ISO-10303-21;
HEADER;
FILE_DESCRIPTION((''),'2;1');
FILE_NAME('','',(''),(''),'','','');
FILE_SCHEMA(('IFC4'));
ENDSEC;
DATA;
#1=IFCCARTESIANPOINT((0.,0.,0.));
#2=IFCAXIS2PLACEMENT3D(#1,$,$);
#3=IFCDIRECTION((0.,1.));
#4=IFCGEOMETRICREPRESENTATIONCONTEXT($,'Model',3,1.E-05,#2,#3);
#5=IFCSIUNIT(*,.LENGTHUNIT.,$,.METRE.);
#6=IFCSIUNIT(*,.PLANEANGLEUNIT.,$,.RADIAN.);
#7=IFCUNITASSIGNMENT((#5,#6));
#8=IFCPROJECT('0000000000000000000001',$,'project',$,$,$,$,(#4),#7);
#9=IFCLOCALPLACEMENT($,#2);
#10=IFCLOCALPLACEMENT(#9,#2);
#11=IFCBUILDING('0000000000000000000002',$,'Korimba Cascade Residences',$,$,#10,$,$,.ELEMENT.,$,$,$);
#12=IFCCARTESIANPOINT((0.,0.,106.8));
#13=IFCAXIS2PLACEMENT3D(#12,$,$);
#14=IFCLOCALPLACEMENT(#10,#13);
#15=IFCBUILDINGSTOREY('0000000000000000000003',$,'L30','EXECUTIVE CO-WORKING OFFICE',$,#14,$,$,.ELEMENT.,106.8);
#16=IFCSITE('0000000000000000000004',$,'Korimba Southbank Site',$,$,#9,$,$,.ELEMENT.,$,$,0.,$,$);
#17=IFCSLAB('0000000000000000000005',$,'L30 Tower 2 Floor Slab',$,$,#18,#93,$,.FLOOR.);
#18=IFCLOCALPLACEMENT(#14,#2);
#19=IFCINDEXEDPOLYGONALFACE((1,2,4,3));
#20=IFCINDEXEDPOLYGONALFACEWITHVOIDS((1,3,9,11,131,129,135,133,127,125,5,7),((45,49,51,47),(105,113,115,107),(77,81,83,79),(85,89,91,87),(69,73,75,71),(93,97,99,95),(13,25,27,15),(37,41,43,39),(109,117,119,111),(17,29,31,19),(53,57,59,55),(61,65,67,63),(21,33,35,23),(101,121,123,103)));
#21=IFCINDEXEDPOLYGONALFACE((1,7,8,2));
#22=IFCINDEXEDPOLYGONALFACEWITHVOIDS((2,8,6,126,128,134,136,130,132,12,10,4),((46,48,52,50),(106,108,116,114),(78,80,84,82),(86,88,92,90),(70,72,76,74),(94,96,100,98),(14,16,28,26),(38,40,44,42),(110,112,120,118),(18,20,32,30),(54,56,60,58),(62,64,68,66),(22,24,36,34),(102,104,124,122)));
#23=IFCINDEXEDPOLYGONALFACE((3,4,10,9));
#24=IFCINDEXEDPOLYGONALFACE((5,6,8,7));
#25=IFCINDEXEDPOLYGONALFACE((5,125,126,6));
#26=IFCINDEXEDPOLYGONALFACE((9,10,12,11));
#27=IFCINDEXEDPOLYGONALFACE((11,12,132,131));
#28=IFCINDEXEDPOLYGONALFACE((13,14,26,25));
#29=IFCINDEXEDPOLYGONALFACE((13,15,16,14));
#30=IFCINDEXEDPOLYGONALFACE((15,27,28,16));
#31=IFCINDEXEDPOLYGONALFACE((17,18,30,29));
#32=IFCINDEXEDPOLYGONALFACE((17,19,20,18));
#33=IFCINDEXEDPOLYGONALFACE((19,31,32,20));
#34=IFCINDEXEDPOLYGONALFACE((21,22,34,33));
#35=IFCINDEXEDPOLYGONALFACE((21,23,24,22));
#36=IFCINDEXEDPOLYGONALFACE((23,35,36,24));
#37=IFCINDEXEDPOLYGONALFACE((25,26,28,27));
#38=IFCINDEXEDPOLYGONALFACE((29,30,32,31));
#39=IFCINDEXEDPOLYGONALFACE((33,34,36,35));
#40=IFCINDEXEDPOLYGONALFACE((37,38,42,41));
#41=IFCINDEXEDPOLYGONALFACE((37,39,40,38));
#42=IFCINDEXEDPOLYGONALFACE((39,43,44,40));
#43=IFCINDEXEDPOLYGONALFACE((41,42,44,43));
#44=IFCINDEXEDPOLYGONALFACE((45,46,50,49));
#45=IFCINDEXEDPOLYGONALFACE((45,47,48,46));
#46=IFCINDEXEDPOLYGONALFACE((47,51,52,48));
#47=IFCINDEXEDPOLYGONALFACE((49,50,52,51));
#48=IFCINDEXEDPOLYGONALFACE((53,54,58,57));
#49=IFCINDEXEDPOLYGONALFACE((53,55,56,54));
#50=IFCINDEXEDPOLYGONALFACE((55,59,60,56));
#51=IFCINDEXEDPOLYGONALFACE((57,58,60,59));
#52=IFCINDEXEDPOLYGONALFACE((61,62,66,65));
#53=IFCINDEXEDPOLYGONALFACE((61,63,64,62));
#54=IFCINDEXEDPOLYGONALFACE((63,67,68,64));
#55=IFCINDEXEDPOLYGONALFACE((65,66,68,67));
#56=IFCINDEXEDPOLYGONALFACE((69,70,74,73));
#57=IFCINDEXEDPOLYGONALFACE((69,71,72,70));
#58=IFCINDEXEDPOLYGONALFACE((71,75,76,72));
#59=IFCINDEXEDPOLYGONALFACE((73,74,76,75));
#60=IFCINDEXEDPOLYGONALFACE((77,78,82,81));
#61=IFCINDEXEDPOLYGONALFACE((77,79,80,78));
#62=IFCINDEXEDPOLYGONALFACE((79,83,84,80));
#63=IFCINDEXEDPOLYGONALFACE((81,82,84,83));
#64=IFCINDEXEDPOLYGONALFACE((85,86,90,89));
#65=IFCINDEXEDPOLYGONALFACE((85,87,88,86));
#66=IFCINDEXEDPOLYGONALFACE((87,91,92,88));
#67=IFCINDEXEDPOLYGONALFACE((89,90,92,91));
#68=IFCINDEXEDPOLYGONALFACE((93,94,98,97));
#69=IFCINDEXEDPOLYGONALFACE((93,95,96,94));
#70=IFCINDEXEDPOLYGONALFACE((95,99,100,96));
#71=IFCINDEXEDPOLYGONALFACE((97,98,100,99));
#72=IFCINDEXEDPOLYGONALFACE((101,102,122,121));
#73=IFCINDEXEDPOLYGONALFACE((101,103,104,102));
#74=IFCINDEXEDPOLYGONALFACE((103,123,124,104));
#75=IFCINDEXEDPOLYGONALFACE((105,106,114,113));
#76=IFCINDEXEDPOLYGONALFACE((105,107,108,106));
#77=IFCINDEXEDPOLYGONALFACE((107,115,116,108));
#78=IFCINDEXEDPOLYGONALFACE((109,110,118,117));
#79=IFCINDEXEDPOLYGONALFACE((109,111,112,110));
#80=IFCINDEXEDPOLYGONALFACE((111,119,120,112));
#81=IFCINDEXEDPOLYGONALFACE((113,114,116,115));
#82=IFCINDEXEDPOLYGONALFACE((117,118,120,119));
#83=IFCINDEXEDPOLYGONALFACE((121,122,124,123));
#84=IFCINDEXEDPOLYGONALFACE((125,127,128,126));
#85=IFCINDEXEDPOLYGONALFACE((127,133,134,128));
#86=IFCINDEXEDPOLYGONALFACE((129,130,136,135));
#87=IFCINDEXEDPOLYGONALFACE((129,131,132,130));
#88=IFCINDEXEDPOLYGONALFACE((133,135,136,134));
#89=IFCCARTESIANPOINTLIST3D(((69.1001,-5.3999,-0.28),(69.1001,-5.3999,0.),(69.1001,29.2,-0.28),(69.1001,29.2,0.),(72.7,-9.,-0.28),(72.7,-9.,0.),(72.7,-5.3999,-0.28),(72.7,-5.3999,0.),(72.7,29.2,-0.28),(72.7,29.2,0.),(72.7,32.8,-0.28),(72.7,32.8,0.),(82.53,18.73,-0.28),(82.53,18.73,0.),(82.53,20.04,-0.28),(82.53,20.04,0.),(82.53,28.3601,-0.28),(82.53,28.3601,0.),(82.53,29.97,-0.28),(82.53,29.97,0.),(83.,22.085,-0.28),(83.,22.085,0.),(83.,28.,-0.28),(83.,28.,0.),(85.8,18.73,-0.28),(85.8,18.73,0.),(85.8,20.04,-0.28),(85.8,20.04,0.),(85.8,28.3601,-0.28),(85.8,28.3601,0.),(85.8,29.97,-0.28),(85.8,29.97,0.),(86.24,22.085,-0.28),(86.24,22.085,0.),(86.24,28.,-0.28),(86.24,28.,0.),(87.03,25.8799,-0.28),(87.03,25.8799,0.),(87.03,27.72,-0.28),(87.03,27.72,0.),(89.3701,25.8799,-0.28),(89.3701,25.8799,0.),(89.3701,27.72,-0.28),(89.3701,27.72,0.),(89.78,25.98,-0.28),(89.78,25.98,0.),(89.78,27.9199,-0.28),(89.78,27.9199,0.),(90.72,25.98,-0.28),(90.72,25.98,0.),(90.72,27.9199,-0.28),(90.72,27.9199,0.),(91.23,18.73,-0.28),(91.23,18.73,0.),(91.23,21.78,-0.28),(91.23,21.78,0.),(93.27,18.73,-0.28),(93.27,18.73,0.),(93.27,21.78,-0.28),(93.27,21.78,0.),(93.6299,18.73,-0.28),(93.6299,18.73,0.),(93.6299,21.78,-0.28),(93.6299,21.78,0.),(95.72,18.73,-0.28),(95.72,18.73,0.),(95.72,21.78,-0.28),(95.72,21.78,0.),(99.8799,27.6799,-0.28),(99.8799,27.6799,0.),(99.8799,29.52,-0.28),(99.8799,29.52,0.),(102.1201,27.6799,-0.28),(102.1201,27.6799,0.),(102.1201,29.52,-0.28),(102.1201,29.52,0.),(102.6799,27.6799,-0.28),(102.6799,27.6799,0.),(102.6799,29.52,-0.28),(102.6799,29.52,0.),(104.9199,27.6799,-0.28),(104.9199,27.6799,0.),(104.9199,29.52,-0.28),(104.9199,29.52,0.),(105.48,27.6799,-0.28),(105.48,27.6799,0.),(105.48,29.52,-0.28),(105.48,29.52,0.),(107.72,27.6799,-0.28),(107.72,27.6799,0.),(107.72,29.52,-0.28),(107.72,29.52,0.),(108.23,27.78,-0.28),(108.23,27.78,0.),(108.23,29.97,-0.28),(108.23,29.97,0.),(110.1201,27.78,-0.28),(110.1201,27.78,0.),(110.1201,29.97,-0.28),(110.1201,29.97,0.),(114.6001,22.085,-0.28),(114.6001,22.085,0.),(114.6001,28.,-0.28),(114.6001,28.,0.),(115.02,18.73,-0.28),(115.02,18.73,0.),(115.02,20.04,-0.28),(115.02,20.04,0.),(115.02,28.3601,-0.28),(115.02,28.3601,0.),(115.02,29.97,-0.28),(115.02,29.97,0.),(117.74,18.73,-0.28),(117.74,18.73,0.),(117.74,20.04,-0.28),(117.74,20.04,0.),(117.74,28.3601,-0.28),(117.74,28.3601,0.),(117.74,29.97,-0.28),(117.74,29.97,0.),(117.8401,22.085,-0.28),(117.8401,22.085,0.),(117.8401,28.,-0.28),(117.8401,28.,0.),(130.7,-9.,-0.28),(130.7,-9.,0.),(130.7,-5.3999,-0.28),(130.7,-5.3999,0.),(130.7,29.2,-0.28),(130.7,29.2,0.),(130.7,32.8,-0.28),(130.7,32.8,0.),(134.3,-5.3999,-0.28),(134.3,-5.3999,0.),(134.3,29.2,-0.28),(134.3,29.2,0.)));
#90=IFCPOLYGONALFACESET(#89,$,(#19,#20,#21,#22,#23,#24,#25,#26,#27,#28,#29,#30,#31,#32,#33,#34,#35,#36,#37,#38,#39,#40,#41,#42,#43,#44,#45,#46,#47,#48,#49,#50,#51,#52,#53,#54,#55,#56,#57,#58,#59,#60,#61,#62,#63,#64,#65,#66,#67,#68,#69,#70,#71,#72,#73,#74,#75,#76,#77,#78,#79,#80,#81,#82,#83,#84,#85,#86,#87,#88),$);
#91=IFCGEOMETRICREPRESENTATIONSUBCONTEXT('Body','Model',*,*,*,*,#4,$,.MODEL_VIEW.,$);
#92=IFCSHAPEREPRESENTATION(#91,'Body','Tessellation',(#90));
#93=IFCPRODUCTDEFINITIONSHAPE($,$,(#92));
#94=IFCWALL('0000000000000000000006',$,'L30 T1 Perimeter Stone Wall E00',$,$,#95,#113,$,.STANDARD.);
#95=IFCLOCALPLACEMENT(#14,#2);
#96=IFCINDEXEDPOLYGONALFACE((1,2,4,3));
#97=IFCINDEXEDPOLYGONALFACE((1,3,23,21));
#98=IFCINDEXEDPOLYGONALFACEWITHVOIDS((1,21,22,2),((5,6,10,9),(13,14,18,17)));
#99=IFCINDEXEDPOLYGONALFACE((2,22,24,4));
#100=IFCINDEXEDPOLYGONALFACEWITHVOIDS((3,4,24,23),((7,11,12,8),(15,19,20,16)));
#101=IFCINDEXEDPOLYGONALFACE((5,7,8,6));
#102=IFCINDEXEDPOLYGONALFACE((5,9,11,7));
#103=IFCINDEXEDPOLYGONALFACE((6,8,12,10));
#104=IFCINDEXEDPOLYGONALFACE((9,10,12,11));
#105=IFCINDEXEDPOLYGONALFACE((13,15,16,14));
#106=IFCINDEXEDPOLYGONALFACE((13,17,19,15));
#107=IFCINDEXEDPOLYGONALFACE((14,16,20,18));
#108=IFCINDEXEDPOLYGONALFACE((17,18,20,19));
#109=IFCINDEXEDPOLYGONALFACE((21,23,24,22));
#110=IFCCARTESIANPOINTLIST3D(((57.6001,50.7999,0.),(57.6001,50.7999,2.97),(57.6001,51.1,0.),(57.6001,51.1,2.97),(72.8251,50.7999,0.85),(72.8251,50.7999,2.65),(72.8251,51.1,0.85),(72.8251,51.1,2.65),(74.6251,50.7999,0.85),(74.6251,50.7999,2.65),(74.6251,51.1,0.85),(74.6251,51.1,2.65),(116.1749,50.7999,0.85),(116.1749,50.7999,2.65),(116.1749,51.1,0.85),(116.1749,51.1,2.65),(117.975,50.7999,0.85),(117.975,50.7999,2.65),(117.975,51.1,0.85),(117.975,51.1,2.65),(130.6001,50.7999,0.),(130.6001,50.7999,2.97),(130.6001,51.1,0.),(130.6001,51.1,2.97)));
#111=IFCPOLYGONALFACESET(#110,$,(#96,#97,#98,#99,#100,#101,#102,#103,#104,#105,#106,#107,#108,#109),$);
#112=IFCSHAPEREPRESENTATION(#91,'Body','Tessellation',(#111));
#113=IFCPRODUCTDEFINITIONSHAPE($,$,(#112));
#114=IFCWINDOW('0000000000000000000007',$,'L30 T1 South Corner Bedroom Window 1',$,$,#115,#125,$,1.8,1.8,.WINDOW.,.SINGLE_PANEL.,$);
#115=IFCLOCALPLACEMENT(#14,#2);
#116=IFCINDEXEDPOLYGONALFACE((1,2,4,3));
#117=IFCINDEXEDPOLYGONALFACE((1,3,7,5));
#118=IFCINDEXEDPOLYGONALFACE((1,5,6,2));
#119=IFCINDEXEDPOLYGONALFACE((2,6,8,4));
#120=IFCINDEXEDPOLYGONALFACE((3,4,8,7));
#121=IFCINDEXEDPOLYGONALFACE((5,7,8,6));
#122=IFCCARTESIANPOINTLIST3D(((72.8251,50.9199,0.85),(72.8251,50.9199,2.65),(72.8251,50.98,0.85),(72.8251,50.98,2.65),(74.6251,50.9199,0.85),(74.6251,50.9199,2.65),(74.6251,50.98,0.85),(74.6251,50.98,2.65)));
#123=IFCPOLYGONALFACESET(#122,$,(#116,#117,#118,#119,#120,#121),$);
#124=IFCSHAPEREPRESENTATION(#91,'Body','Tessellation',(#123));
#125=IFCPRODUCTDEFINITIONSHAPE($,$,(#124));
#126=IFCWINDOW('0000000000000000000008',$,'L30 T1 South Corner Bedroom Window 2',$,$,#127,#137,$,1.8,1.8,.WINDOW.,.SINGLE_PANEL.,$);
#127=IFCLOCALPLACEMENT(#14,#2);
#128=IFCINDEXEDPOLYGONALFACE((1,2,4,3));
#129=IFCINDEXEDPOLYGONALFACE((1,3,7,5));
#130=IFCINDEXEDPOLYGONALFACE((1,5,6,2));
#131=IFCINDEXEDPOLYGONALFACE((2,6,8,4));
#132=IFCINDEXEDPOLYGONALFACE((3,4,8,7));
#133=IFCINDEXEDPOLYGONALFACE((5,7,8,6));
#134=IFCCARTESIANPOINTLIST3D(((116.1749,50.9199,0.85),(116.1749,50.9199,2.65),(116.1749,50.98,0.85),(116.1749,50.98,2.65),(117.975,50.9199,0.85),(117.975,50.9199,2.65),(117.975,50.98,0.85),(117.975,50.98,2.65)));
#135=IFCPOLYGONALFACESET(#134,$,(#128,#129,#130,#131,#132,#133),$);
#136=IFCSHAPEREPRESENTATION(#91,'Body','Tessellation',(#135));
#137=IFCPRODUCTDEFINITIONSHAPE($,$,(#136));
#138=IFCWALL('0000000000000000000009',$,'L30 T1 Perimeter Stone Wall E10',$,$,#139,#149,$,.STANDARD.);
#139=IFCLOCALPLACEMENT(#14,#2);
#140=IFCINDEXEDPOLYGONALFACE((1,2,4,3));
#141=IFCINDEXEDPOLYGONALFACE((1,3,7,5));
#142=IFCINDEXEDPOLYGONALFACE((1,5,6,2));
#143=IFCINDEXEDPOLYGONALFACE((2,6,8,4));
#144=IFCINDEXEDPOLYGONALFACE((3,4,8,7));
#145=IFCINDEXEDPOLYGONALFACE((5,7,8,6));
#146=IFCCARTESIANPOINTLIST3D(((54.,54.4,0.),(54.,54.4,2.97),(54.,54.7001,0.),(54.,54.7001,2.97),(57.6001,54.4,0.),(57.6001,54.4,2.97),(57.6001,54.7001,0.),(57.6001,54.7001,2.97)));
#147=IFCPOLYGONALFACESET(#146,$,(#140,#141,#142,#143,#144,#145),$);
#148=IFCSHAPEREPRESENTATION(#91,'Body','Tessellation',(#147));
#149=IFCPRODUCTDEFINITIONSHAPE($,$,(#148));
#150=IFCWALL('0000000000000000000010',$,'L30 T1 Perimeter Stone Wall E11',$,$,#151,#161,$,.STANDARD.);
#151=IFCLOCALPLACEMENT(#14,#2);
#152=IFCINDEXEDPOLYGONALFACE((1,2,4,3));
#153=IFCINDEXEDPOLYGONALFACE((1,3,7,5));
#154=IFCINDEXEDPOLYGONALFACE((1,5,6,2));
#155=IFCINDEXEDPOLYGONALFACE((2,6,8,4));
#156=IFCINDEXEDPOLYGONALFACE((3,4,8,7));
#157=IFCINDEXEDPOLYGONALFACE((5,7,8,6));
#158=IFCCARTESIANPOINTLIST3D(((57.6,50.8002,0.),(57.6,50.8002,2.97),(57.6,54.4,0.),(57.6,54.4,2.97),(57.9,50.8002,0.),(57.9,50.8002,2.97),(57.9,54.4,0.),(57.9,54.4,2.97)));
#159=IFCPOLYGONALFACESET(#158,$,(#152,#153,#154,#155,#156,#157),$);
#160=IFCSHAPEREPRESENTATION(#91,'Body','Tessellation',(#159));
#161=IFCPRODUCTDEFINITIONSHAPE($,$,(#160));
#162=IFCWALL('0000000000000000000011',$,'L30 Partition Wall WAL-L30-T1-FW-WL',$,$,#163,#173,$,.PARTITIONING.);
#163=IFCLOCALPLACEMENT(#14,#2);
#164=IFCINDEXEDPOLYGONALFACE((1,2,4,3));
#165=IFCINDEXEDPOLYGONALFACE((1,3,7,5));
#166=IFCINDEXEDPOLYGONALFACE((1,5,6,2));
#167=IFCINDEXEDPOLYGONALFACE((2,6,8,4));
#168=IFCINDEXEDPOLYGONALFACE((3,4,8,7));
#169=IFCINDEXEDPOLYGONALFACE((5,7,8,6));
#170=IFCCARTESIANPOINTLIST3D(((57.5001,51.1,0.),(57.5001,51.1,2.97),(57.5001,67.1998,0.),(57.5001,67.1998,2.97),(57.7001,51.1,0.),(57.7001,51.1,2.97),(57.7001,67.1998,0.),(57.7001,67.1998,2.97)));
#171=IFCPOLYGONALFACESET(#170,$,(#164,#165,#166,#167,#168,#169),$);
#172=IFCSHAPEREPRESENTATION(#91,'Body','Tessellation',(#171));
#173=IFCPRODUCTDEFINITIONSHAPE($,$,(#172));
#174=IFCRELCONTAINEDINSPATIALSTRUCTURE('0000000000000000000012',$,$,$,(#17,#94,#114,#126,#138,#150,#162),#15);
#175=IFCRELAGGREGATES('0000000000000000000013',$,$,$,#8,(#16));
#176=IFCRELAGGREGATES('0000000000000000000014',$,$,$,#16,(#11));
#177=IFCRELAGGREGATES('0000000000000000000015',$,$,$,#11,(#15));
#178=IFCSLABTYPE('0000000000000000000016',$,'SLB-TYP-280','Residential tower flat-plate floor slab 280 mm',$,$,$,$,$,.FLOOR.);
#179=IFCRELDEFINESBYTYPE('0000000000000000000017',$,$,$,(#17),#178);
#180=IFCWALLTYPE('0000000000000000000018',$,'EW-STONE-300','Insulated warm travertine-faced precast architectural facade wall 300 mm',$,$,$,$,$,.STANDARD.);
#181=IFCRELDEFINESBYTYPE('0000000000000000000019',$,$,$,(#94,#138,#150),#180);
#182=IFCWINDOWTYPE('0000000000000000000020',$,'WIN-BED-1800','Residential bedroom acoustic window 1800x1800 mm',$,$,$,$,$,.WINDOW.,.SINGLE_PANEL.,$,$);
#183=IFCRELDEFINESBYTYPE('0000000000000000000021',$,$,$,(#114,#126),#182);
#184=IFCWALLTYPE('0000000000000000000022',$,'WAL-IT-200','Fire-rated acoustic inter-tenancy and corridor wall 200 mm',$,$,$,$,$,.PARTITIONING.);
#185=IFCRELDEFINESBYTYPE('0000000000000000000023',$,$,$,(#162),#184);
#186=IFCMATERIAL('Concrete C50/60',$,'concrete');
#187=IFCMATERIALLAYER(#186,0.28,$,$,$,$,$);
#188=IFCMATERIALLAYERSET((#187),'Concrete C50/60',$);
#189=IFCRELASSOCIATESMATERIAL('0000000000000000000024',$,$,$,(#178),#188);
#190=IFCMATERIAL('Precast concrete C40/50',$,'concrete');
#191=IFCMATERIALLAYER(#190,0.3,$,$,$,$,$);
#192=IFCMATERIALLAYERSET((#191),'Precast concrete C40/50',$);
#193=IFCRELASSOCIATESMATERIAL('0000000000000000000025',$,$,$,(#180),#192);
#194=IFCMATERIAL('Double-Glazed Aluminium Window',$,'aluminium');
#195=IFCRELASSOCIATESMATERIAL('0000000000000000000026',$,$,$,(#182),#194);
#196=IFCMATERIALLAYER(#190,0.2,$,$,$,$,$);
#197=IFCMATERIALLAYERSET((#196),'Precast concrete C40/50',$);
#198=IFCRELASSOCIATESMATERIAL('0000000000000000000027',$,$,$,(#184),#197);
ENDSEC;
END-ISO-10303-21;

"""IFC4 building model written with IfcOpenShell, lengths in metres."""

from ifc_helpers import new_model, si_unit, direction, frame, frame_2d, origin, place, context, subcontext, project, spatial, polyline, rectangle, outline, extrude, material, layer, layer_set, type_object, element, fill, save


model = new_model("IFC4")

# Units and contexts
model_context = context("Model", 3, precision=1e-05, world=origin(), true_north=direction((0.0, 1.0)))
body_context = subcontext(model_context, "Body", "Model", "MODEL_VIEW")
ifc_project = project(units=[si_unit("LENGTHUNIT", "METRE"), si_unit("PLANEANGLEUNIT", "RADIAN")], contexts=[model_context])

# Site, building, storey
site_placement = place(None, origin())
site = spatial("IfcSite", under=ifc_project, at=site_placement, Name="Korimba Southbank Site", CompositionType="ELEMENT", RefElevation=0.0)
building_placement = place(site_placement, origin())
building = spatial("IfcBuilding", under=site, at=building_placement, Name="Korimba Cascade Residences", CompositionType="ELEMENT")
storey_placement = place(building_placement, frame((0.0, 0.0, 106.8)))
storey = spatial("IfcBuildingStorey", under=building, at=storey_placement, Name="L30", Description="EXECUTIVE CO-WORKING OFFICE", CompositionType="ELEMENT", Elevation=106.8)

# Shared definitions
ifc_material_1 = material(Name="Concrete C50/60", Category="concrete")

# Slab
ifc_material_2 = material(Name="Precast concrete C40/50", Category="concrete")
ifc_layer_1 = layer(ifc_material_1, 0.28)
ifc_layer_set_1 = layer_set([ifc_layer_1], Name="Concrete C50/60")
slab_type_1 = type_object("IfcSlabType", Name="SLB-TYP-280", Description="Residential tower flat-plate floor slab 280 mm", PredefinedType="FLOOR", material=ifc_layer_set_1)
slab_1_placement = place(storey_placement, frame((0.0, 0.0, -0.28)))
element("IfcSlab", 1, at=slab_1_placement, inside=storey, type_object=slab_type_1, Name="L30 Tower 2 Floor Slab", PredefinedType="FLOOR", context=body_context, shape_type="SweptSolid", body=[
    extrude(outline(polyline([(72.7, -9.0), (130.7, -9.0), (130.7, -5.3999), (134.3, -5.3999), (134.3, 29.2), (130.7, 29.2), (130.7, 32.8), (72.7, 32.8), (72.7, 29.2), (69.1001, 29.2), (69.1001, -5.3999), (72.7, -5.3999), (72.7, -9.0)]), holes=[polyline([(86.24, 22.085), (86.24, 28.0), (83.0, 28.0), (83.0, 22.085), (86.24, 22.085)]), polyline([(117.8401, 22.085), (117.8401, 28.0), (114.6001, 28.0), (114.6001, 22.085), (117.8401, 22.085)]), polyline([(87.03, 25.8799), (89.3701, 25.8799), (89.3701, 27.72), (87.03, 27.72), (87.03, 25.8799)]), polyline([(99.8799, 27.6799), (102.1201, 27.6799), (102.1201, 29.52), (99.8799, 29.52), (99.8799, 27.6799)]), polyline([(102.6799, 27.6799), (104.9199, 27.6799), (104.9199, 29.52), (102.6799, 29.52), (102.6799, 27.6799)]), polyline([(105.48, 27.6799), (107.72, 27.6799), (107.72, 29.52), (105.48, 29.52), (105.48, 27.6799)]), polyline([(89.78, 25.98), (90.72, 25.98), (90.72, 27.9199), (89.78, 27.9199), (89.78, 25.98)]), polyline([(82.53, 18.73), (85.8, 18.73), (85.8, 20.04), (82.53, 20.04), (82.53, 18.73)]), polyline([(82.53, 28.3601), (85.8, 28.3601), (85.8, 29.97), (82.53, 29.97), (82.53, 28.3601)]), polyline([(108.23, 27.78), (110.1201, 27.78), (110.1201, 29.97), (108.23, 29.97), (108.23, 27.78)]), polyline([(91.23, 18.73), (93.27, 18.73), (93.27, 21.78), (91.23, 21.78), (91.23, 18.73)]), polyline([(93.6299, 18.73), (95.72, 18.73), (95.72, 21.78), (93.6299, 21.78), (93.6299, 18.73)]), polyline([(115.02, 18.73), (117.74, 18.73), (117.74, 20.04), (115.02, 20.04), (115.02, 18.73)]), polyline([(115.02, 28.3601), (117.74, 28.3601), (117.74, 29.97), (115.02, 29.97), (115.02, 28.3601)])]), origin(), (0.0, 0.0, 1.0), 0.28),
])

# Wall, openings, windows
ifc_layer_2 = layer(ifc_material_2, 0.3)
ifc_layer_set_2 = layer_set([ifc_layer_2], Name="Precast concrete C40/50")
wall_type_1 = type_object("IfcWallType", Name="EW-STONE-300", Description="Insulated warm travertine-faced precast architectural facade wall 300 mm", PredefinedType="STANDARD", material=ifc_layer_set_2)
wall_1_placement = place(storey_placement, frame((57.6001, 50.95, 0.0), z_axis=(0.0, 0.0, 1.0), x_axis=(1.0, 0.0, 0.0)))
wall_1 = element("IfcWall", 2, at=wall_1_placement, inside=storey, type_object=wall_type_1, Name="L30 T1 Perimeter Stone Wall E00", PredefinedType="STANDARD", context=body_context, shape_type="SweptSolid", body=[
    extrude(rectangle(XDim=73.0, YDim=0.3, at=frame_2d((36.5, 0.0))), origin(), (0.0, 0.0, 1.0), 2.97),
])
opening_1_placement = place(wall_1_placement, frame((15.2251, 0.0, 0.8501)))
opening_1 = element("IfcOpeningElement", 3, at=opening_1_placement, cuts=wall_1, PredefinedType="OPENING", context=body_context, shape_type="SweptSolid", body=[
    extrude(rectangle(XDim=1.8, YDim=1.8, at=frame_2d((0.8999, 0.8999))), frame((0.0, 0.1602, 0.0), z_axis=(0.0, -1.0, 0.0), x_axis=(1.0, 0.0, 0.0)), (0.0, 0.0, 1.0), 0.3201),
])
opening_2_placement = place(wall_1_placement, frame((58.575, 0.0, 0.8501)))
opening_2 = element("IfcOpeningElement", 4, at=opening_2_placement, cuts=wall_1, PredefinedType="OPENING", context=body_context, shape_type="SweptSolid", body=[
    extrude(rectangle(XDim=1.8, YDim=1.8, at=frame_2d((0.8999, 0.8999))), frame((0.0, 0.1602, 0.0), z_axis=(0.0, -1.0, 0.0), x_axis=(1.0, 0.0, 0.0)), (0.0, 0.0, 1.0), 0.3201),
])
ifc_material_3 = material(Name="Double-Glazed Aluminium Window", Category="aluminium")
window_type = type_object("IfcWindowType", Name="WIN-BED-1800", Description="Residential bedroom acoustic window 1800x1800 mm", PartitioningType="SINGLE_PANEL", PredefinedType="WINDOW", material=ifc_material_3)
window_1_placement = place(opening_1_placement, origin())
window_1 = element("IfcWindow", 5, at=window_1_placement, inside=storey, type_object=window_type, Name="L30 T1 South Corner Bedroom Window 1", OverallHeight=1.8, OverallWidth=1.8, PartitioningType="SINGLE_PANEL", PredefinedType="WINDOW", context=body_context, shape_type="SweptSolid", body=[
    extrude(rectangle(XDim=1.8, YDim=1.8, at=frame_2d((0.8999, 0.8999))), frame((0.0, 0.03, 0.0), z_axis=(0.0, -1.0, 0.0), x_axis=(1.0, 0.0, 0.0)), (0.0, 0.0, 1.0), 0.0601),
])
fill(opening_1, window_1)
window_2_placement = place(opening_2_placement, origin())
window_2 = element("IfcWindow", 6, at=window_2_placement, inside=storey, type_object=window_type, Name="L30 T1 South Corner Bedroom Window 2", OverallHeight=1.8, OverallWidth=1.8, PartitioningType="SINGLE_PANEL", PredefinedType="WINDOW", context=body_context, shape_type="SweptSolid", body=[
    extrude(rectangle(XDim=1.8, YDim=1.8, at=frame_2d((0.8999, 0.8999))), frame((0.0, 0.03, 0.0), z_axis=(0.0, -1.0, 0.0), x_axis=(1.0, 0.0, 0.0)), (0.0, 0.0, 1.0), 0.0601),
])
fill(opening_2, window_2)

# Walls
wall_2_placement = place(storey_placement, frame((54.0, 54.55, 0.0), z_axis=(0.0, 0.0, 1.0), x_axis=(1.0, 0.0, 0.0)))
element("IfcWall", 7, at=wall_2_placement, inside=storey, type_object=wall_type_1, Name="L30 T1 Perimeter Stone Wall E10", PredefinedType="STANDARD", context=body_context, shape_type="SweptSolid", body=[
    extrude(rectangle(XDim=3.6001, YDim=0.3, at=frame_2d((1.8, 0.0))), origin(), (0.0, 0.0, 1.0), 2.97),
])
wall_3_placement = place(storey_placement, frame((57.75, 54.3999, 0.0), z_axis=(0.0, 0.0, 1.0), x_axis=(0.0, -1.0, 0.0)))
element("IfcWall", 8, at=wall_3_placement, inside=storey, type_object=wall_type_1, Name="L30 T1 Perimeter Stone Wall E11", PredefinedType="STANDARD", context=body_context, shape_type="SweptSolid", body=[
    extrude(rectangle(XDim=3.5999, YDim=0.3, at=frame_2d((1.7998, 0.0))), origin(), (0.0, 0.0, 1.0), 2.97),
])
ifc_layer_3 = layer(ifc_material_2, 0.2)
ifc_layer_set_3 = layer_set([ifc_layer_3], Name="Precast concrete C40/50")
wall_type_2 = type_object("IfcWallType", Name="WAL-IT-200", Description="Fire-rated acoustic inter-tenancy and corridor wall 200 mm", PredefinedType="PARTITIONING", material=ifc_layer_set_3)
wall_4_placement = place(storey_placement, frame((57.6001, 51.1001, 0.0), z_axis=(0.0, 0.0, 1.0), x_axis=(0.0, 1.0, 0.0)))
element("IfcWall", 9, at=wall_4_placement, inside=storey, type_object=wall_type_2, Name="L30 Partition Wall WAL-L30-T1-FW-WL", PredefinedType="PARTITIONING", context=body_context, shape_type="SweptSolid", body=[
    extrude(rectangle(XDim=16.0999, YDim=0.2, at=frame_2d((8.0498, 0.0))), origin(), (0.0, 0.0, 1.0), 2.97),
])

save(model, "model.ifc")
